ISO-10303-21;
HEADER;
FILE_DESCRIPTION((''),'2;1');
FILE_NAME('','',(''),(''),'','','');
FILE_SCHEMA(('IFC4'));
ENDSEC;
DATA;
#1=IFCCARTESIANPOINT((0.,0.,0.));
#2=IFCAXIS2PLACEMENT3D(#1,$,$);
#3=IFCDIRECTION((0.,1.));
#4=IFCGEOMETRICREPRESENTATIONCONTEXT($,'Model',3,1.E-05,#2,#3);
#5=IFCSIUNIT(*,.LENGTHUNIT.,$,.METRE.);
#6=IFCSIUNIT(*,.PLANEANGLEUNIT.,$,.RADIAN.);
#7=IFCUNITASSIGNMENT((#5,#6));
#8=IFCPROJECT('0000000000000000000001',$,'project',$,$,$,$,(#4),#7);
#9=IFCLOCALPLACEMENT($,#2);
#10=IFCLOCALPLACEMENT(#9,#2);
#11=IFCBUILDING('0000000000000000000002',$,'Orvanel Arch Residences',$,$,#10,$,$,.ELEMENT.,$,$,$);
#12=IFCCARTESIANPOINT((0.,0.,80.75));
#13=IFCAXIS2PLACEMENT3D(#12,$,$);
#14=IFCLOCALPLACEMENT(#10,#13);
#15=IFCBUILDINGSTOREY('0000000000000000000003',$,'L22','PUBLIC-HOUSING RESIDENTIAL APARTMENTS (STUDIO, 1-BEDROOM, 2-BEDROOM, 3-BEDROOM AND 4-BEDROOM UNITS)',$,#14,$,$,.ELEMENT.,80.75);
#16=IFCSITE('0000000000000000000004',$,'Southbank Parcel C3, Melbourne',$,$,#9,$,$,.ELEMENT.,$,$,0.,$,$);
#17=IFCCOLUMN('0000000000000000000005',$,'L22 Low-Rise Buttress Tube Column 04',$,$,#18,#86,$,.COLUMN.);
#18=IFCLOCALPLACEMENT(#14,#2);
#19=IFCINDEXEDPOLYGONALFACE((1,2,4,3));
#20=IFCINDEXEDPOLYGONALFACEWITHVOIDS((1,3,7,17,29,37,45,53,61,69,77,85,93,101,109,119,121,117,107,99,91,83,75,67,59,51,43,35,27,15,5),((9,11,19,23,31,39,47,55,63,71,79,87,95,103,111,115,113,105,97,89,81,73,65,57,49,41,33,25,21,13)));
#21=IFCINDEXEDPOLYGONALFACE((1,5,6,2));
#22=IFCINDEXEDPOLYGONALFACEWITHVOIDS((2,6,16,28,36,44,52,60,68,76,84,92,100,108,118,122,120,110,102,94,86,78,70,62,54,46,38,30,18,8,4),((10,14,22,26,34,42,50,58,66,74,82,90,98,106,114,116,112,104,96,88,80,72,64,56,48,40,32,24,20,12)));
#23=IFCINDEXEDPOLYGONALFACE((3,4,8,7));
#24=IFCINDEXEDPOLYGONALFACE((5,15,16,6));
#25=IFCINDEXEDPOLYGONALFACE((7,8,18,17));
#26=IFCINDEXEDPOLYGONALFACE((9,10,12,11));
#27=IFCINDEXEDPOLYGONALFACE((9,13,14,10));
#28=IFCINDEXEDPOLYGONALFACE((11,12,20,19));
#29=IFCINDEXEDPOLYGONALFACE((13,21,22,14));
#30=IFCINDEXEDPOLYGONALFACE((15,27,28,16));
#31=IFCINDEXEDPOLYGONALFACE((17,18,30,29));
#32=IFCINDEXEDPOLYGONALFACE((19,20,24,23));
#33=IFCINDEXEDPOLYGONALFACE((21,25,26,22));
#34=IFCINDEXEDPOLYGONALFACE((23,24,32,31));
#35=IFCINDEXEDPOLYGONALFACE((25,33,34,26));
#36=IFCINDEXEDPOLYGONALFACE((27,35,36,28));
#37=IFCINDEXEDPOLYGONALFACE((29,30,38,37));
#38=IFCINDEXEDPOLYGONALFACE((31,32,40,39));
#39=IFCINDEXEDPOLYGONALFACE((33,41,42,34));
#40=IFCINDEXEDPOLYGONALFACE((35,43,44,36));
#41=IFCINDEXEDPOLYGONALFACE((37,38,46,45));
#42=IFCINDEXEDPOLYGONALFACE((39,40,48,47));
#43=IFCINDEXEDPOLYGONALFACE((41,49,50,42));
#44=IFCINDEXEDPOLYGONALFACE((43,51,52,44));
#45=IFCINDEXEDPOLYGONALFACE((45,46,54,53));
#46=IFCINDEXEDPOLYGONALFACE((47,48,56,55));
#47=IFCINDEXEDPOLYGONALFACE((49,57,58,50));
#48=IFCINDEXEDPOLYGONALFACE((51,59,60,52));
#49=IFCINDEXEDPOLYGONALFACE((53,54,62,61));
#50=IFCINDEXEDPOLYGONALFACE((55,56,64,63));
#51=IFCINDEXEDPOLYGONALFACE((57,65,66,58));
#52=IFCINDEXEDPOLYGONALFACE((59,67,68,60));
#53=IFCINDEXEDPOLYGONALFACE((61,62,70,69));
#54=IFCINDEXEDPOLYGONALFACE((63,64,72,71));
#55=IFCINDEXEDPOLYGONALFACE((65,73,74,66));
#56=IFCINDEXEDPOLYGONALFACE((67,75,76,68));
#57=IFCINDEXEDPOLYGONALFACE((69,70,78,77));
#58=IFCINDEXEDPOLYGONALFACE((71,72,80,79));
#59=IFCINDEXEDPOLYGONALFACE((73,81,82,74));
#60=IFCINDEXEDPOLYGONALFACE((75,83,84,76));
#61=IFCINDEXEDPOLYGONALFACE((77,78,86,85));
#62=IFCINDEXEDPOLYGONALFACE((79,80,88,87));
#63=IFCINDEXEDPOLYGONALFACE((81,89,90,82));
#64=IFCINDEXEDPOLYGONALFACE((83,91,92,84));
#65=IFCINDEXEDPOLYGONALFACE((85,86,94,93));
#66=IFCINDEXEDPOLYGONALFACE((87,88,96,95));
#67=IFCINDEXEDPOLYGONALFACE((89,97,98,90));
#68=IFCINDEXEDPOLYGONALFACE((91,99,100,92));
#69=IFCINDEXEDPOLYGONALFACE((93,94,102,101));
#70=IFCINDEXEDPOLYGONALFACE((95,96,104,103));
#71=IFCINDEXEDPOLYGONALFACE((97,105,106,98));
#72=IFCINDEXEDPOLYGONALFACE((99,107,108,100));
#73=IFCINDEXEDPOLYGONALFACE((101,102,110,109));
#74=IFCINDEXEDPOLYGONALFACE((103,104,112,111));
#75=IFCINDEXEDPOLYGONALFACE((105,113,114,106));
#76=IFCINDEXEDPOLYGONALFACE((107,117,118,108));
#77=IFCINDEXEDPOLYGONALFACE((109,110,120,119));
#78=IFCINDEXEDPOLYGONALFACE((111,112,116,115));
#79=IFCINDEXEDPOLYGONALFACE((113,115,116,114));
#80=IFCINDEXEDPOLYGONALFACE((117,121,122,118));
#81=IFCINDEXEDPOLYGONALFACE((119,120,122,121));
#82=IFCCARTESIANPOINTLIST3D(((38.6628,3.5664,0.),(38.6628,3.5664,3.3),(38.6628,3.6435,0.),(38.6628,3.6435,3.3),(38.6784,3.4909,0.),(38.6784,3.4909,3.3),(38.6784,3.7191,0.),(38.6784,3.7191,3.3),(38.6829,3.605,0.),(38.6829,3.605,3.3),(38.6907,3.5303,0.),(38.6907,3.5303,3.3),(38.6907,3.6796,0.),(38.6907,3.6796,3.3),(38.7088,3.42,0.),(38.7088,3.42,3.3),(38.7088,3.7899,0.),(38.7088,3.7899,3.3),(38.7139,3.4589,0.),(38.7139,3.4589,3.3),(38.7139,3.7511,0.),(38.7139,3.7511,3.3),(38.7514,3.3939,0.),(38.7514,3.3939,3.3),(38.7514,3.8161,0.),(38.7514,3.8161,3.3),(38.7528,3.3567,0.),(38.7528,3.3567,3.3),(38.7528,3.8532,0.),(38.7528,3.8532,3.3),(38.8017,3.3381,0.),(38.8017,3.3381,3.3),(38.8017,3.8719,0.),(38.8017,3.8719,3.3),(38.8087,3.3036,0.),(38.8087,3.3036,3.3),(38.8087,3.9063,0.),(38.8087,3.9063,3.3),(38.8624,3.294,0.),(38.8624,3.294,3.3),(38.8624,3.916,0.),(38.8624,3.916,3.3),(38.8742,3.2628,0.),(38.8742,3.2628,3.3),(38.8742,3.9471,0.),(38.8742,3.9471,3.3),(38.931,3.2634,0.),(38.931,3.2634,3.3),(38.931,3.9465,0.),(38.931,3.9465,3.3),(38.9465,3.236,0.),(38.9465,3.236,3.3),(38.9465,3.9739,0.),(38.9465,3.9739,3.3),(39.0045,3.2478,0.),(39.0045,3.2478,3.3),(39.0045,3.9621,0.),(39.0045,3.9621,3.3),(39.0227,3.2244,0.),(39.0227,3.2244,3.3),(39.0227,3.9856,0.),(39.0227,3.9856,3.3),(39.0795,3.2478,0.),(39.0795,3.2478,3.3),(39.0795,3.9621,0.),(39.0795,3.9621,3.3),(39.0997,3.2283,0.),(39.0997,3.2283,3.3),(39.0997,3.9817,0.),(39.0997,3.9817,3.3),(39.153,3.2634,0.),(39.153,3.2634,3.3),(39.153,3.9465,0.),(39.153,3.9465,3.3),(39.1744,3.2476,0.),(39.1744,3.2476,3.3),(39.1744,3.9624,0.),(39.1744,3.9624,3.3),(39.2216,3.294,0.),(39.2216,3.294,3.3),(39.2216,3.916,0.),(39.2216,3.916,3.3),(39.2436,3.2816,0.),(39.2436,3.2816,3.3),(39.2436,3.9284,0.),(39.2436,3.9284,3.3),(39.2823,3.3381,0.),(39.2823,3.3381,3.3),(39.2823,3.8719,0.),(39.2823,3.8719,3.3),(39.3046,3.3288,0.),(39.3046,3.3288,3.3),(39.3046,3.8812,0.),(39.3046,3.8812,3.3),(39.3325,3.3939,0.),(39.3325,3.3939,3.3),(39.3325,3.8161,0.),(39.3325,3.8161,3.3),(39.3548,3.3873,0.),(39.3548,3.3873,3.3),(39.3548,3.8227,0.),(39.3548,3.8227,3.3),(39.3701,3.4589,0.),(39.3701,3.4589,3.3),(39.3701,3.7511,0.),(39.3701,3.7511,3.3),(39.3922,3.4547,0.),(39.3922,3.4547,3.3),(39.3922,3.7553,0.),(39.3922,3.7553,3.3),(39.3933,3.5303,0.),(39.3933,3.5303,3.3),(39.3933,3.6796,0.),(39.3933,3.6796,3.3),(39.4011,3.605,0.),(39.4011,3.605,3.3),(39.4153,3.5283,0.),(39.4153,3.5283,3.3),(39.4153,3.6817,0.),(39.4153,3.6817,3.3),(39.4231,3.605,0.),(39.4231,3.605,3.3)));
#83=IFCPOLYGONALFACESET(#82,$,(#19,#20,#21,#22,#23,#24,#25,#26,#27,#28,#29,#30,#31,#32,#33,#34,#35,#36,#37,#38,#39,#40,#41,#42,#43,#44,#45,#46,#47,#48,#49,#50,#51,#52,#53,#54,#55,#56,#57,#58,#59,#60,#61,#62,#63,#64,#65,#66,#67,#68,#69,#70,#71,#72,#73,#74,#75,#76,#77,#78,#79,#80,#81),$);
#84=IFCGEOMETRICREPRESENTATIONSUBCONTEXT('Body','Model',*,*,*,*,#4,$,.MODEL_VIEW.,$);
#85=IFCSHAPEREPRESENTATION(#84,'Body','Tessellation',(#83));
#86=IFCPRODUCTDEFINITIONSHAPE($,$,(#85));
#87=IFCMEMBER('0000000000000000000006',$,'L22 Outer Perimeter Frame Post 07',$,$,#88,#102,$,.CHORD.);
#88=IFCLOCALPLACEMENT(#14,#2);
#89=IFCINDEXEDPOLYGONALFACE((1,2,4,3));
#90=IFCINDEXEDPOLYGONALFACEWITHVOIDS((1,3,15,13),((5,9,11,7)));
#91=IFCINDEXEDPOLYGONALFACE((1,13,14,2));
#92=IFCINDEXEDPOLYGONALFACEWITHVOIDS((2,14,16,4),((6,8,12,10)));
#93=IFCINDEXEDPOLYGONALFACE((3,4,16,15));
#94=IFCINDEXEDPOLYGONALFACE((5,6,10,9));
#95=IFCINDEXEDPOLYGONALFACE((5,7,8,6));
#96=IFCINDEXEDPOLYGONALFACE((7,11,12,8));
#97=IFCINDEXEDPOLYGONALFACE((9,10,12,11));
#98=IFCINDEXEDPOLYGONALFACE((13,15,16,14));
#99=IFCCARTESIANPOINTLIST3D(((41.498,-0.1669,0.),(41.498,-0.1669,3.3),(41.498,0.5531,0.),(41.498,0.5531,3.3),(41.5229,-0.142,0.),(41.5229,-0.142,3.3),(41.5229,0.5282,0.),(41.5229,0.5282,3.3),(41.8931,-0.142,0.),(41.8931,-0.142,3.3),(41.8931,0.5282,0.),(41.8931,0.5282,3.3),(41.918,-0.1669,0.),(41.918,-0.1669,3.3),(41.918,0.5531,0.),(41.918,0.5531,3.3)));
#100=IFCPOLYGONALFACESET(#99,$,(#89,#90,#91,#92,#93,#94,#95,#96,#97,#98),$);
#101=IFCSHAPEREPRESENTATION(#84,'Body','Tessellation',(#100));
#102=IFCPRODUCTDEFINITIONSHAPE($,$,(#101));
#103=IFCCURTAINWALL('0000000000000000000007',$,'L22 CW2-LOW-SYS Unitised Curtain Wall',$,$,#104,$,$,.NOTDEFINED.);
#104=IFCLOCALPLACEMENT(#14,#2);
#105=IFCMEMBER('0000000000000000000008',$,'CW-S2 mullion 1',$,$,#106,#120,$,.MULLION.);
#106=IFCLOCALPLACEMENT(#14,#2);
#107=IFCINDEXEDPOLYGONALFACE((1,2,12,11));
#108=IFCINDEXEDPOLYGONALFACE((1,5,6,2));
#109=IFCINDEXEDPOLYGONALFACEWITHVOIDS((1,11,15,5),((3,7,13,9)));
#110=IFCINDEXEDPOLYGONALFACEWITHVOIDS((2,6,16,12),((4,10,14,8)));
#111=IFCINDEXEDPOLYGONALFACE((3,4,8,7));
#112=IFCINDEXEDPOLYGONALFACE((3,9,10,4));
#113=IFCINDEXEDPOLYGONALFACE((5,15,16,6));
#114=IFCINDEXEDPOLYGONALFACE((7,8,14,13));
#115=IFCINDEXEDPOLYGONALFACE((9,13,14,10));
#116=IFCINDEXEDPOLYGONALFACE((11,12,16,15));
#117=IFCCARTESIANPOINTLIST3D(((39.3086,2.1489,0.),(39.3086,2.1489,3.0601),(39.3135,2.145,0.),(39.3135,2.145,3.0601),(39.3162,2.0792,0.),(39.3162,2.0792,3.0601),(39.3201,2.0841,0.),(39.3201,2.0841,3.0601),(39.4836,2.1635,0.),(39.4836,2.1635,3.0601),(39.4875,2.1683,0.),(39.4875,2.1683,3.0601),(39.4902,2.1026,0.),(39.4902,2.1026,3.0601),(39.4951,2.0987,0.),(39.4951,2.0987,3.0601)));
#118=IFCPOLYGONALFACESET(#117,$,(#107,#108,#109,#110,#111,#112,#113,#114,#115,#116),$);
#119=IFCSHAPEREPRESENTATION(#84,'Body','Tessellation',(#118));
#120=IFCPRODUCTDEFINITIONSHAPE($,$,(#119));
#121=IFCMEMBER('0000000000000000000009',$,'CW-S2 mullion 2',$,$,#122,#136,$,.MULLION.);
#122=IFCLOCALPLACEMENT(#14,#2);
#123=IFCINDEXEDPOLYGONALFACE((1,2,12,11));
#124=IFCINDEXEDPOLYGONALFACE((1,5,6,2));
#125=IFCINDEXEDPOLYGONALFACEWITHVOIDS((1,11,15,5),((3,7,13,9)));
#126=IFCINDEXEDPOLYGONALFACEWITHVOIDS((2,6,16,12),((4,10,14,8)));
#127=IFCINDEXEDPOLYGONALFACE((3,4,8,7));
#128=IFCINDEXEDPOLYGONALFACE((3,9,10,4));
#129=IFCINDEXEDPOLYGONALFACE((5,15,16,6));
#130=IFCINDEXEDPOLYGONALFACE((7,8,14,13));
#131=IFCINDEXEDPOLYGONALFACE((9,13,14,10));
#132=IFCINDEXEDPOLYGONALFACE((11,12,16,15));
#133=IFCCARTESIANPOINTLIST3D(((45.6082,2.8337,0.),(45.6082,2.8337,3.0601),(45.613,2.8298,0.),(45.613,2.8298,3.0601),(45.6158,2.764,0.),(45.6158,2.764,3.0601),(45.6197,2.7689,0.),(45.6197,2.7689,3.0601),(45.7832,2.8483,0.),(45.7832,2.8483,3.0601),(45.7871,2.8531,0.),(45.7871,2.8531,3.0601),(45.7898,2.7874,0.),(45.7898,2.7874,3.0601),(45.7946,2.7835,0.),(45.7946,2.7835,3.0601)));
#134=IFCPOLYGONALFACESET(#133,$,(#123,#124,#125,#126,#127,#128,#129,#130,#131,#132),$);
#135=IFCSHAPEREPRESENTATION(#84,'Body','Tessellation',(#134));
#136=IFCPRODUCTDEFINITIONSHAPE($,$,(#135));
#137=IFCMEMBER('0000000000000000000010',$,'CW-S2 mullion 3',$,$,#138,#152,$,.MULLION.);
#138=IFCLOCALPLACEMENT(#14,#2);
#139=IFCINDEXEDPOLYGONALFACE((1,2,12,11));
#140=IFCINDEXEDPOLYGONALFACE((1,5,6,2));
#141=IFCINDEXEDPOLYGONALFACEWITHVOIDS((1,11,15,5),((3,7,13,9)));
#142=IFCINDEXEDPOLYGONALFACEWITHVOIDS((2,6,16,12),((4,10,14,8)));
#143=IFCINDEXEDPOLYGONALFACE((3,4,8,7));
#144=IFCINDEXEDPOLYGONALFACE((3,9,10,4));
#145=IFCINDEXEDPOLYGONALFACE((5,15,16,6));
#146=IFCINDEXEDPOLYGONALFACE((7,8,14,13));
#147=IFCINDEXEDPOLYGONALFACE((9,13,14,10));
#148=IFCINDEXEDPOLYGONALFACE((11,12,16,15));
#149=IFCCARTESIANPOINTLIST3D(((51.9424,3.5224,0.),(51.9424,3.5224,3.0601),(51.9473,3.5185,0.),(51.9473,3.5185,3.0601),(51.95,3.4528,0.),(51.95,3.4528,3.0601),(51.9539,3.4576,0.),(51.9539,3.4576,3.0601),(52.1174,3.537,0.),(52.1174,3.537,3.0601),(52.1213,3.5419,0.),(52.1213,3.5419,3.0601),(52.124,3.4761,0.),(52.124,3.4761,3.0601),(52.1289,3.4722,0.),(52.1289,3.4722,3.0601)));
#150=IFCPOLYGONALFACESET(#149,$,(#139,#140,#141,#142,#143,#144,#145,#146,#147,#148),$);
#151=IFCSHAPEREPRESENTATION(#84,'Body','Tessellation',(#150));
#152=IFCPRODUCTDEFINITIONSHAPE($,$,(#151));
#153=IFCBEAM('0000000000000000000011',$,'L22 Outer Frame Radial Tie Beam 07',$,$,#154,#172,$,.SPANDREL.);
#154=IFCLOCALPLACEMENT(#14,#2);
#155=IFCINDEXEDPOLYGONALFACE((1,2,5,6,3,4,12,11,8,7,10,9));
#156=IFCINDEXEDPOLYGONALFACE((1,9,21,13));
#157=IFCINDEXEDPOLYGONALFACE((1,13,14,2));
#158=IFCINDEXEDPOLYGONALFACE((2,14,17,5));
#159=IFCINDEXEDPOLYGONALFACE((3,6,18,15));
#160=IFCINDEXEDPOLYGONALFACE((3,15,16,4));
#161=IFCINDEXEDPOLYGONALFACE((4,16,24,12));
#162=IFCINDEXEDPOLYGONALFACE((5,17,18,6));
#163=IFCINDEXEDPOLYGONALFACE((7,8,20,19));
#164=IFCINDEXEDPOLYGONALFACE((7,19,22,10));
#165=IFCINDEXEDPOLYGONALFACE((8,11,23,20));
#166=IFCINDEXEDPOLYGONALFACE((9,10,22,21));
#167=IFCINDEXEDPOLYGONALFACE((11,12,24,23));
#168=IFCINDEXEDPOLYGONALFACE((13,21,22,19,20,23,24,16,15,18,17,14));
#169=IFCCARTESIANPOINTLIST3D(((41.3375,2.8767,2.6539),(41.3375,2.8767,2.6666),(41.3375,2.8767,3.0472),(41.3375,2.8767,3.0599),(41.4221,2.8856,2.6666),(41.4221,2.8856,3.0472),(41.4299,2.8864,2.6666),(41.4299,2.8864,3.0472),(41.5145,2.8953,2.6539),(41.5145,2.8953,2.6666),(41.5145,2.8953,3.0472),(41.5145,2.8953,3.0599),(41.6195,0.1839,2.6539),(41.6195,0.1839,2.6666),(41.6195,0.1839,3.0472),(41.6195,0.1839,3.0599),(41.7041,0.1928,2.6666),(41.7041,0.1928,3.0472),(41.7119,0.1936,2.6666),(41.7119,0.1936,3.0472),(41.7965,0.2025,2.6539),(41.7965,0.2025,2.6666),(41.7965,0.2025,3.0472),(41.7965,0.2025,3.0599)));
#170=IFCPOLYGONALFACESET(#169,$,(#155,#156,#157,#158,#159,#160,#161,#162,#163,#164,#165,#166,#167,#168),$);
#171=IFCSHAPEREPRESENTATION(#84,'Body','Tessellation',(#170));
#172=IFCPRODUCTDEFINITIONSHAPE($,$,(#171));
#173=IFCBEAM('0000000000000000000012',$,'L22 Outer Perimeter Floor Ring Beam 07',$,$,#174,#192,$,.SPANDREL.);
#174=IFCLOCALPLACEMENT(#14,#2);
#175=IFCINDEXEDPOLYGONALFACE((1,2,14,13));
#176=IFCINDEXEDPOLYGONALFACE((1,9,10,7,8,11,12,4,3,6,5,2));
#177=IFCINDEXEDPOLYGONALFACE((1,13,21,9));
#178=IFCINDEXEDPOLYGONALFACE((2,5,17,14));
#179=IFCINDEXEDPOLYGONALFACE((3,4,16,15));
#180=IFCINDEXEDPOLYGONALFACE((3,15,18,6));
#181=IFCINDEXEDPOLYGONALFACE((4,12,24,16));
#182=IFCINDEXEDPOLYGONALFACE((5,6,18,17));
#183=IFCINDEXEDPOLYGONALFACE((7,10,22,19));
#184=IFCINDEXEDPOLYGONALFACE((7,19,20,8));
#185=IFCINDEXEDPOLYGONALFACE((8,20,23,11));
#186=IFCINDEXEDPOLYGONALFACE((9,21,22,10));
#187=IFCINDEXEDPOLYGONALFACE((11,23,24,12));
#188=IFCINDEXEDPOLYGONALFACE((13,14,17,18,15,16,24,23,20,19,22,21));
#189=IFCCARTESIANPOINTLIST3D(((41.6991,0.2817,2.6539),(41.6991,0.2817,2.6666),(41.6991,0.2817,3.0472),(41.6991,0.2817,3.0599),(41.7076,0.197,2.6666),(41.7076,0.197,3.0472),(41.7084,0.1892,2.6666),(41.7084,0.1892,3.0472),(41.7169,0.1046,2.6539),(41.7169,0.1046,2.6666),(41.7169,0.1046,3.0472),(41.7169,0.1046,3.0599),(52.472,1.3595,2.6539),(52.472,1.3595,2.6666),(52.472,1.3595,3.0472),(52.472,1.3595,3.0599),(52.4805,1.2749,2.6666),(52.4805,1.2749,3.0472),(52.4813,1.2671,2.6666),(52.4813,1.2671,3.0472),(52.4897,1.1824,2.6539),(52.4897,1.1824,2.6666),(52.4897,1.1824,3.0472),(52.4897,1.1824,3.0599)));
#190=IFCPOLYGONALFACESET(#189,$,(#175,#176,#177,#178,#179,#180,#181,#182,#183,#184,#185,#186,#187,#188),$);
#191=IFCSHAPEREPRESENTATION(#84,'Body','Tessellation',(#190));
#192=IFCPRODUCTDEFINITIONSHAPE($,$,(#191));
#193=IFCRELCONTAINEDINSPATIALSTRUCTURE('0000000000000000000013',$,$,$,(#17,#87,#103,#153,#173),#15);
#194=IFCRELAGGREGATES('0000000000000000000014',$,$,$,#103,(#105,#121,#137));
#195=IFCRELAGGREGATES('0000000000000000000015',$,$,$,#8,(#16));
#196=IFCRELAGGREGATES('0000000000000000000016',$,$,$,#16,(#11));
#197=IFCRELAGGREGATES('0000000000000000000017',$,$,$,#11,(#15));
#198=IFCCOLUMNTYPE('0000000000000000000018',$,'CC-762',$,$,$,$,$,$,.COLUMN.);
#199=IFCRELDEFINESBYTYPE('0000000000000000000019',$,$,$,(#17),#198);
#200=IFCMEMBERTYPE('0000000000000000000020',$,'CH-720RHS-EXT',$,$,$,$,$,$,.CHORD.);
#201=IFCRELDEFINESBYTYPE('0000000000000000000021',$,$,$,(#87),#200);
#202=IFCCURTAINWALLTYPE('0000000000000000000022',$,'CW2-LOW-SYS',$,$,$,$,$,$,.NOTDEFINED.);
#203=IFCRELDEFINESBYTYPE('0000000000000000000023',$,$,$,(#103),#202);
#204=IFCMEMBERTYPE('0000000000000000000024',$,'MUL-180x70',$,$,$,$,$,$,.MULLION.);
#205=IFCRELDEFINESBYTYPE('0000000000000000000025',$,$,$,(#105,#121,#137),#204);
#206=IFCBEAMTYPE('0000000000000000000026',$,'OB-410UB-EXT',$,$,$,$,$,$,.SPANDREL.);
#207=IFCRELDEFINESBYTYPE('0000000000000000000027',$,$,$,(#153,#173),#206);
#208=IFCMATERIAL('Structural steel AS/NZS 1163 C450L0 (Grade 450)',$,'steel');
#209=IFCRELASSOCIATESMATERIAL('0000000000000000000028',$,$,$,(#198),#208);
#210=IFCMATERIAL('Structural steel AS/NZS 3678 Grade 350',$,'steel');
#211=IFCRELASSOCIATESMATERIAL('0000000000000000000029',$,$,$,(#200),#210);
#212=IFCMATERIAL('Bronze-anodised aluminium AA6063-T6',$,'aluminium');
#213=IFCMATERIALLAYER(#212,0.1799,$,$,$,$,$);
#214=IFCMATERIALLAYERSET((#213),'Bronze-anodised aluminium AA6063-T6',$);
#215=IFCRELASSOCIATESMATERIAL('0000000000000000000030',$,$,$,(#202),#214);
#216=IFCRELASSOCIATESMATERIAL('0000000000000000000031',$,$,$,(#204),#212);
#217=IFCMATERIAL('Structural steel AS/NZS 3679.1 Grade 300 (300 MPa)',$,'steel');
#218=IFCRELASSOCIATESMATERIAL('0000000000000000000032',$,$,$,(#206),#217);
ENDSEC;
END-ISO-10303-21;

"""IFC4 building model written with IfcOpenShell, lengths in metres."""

from ifc_helpers import new_model, si_unit, direction, frame, origin, origin_2d, place, context, subcontext, project, spatial, hollow_rectangle, hollow_circle, i_section, extrude, material, layer, layer_set, material_profile, profile_set, type_object, element, aggregate, save


model = new_model("IFC4")

# Units and contexts
model_context = context("Model", 3, precision=1e-05, world=origin(), true_north=direction((0.0, 1.0)))
body_context = subcontext(model_context, "Body", "Model", "MODEL_VIEW")
ifc_project = project(units=[si_unit("LENGTHUNIT", "METRE"), si_unit("PLANEANGLEUNIT", "RADIAN")], contexts=[model_context])

# Site, building, storey
site_placement = place(None, origin())
site = spatial("IfcSite", under=ifc_project, at=site_placement, Name="Southbank Parcel C3, Melbourne", CompositionType="ELEMENT", RefElevation=0.0)
building_placement = place(site_placement, origin())
building = spatial("IfcBuilding", under=site, at=building_placement, Name="Orvanel Arch Residences", CompositionType="ELEMENT")
storey_placement = place(building_placement, frame((0.0, 0.0, 80.75)))
storey = spatial("IfcBuildingStorey", under=building, at=storey_placement, Name="L22", Description="PUBLIC-HOUSING RESIDENTIAL APARTMENTS (STUDIO, 1-BEDROOM, 2-BEDROOM, 3-BEDROOM AND 4-BEDROOM UNITS)", CompositionType="ELEMENT", Elevation=80.75)

# Column
ifc_material_1 = material(Name="Structural steel AS/NZS 1163 C450L0 (Grade 450)", Category="steel")
ifc_material_profile_1 = material_profile(ifc_material_1, hollow_circle(Radius=0.3811, WallThickness=0.022, at=origin_2d()), Name="CHS762x22")
ifc_profile_set_1 = profile_set([ifc_material_profile_1], Name="Structural steel AS/NZS 1163 C450L0 (Grade 450)")
column_type = type_object("IfcColumnType", Name="CC-762", PredefinedType="COLUMN", material=ifc_profile_set_1)
column_placement = place(storey_placement, frame((39.042, 3.605, 0.0), z_axis=(0.0, 0.0, 1.0), x_axis=(1.0, 0.0, 0.0)))
element("IfcColumn", 1, at=column_placement, inside=storey, type_object=column_type, Name="L22 Low-Rise Buttress Tube Column 04", PredefinedType="COLUMN", context=body_context, shape_type="SweptSolid", body=[
    extrude(hollow_circle(Radius=0.3811, WallThickness=0.022, at=origin_2d()), origin(), (0.0, 0.0, 1.0), 3.3),
])

# Member
ifc_material_2 = material(Name="Structural steel AS/NZS 3678 Grade 350", Category="steel")
ifc_material_profile_2 = material_profile(ifc_material_2, hollow_rectangle(XDim=0.4199, YDim=0.72, WallThickness=0.0249, at=origin_2d()), Name="RHS720x420x25")
ifc_profile_set_2 = profile_set([ifc_material_profile_2], Name="Structural steel AS/NZS 3678 Grade 350")
member_type_1 = type_object("IfcMemberType", Name="CH-720RHS-EXT", PredefinedType="CHORD", material=ifc_profile_set_2)
member_1_placement = place(storey_placement, frame((41.708, 0.1931, 0.0), z_axis=(0.0, 0.0, 1.0), x_axis=(1.0, 0.0, 0.0)))
element("IfcMember", 2, at=member_1_placement, inside=storey, type_object=member_type_1, Name="L22 Outer Perimeter Frame Post 07", PredefinedType="CHORD", context=body_context, shape_type="SweptSolid", body=[
    extrude(hollow_rectangle(XDim=0.4199, YDim=0.72, WallThickness=0.0249, at=origin_2d()), origin(), (0.0, 0.0, 1.0), 3.3),
])

# Curtain wall, members
ifc_material_3 = material(Name="Bronze-anodised aluminium AA6063-T6", Category="aluminium")
ifc_layer_1 = layer(ifc_material_3, 0.1799)
ifc_layer_set_1 = layer_set([ifc_layer_1], Name="Bronze-anodised aluminium AA6063-T6")
curtain_wall_type = type_object("IfcCurtainWallType", Name="CW2-LOW-SYS", PredefinedType="NOTDEFINED", material=ifc_layer_set_1)
curtain_wall_placement = place(storey_placement, origin())
curtain_wall = element("IfcCurtainWall", 3, at=curtain_wall_placement, inside=storey, type_object=curtain_wall_type, Name="L22 CW2-LOW-SYS Unitised Curtain Wall", PredefinedType="NOTDEFINED")
ifc_material_profile_3 = material_profile(ifc_material_3, hollow_rectangle(XDim=0.0701, YDim=0.1799, WallThickness=0.0044, at=origin_2d()), Name="ALU180x70x4.5")
ifc_profile_set_3 = profile_set([ifc_material_profile_3], Name="Bronze-anodised aluminium AA6063-T6")
member_type_2 = type_object("IfcMemberType", Name="MUL-180x70", PredefinedType="MULLION", material=ifc_profile_set_3)
member_2_placement = place(storey_placement, frame((39.4019, 2.1238, 0.0), z_axis=(0.0, 0.0, 1.0), x_axis=(-0.108083, 0.994142, 0.0)))
member_2 = element("IfcMember", 4, at=member_2_placement, type_object=member_type_2, Name="CW-S2 mullion 1", PredefinedType="MULLION", context=body_context, shape_type="SweptSolid", body=[
    extrude(hollow_rectangle(XDim=0.0701, YDim=0.1799, WallThickness=0.0044, at=origin_2d()), origin(), (0.0, 0.0, 1.0), 3.0601),
])
member_3_placement = place(storey_placement, frame((45.7014, 2.8086, 0.0), z_axis=(0.0, 0.0, 1.0), x_axis=(-0.108083, 0.994142, 0.0)))
member_3 = element("IfcMember", 5, at=member_3_placement, type_object=member_type_2, Name="CW-S2 mullion 2", PredefinedType="MULLION", context=body_context, shape_type="SweptSolid", body=[
    extrude(hollow_rectangle(XDim=0.0701, YDim=0.1799, WallThickness=0.0044, at=origin_2d()), origin(), (0.0, 0.0, 1.0), 3.0601),
])
member_4_placement = place(storey_placement, frame((52.0356, 3.4973, 0.0), z_axis=(0.0, 0.0, 1.0), x_axis=(-0.108083, 0.994142, 0.0)))
member_4 = element("IfcMember", 6, at=member_4_placement, type_object=member_type_2, Name="CW-S2 mullion 3", PredefinedType="MULLION", context=body_context, shape_type="SweptSolid", body=[
    extrude(hollow_rectangle(XDim=0.0701, YDim=0.1799, WallThickness=0.0044, at=origin_2d()), origin(), (0.0, 0.0, 1.0), 3.0601),
])

# Beams
ifc_material_4 = material(Name="Structural steel AS/NZS 3679.1 Grade 300 (300 MPa)", Category="steel")
ifc_material_profile_4 = material_profile(ifc_material_4, i_section(OverallWidth=0.178, OverallDepth=0.406, WebThickness=0.0078, FlangeThickness=0.0127, at=origin_2d()), Name="410UB59.7")
ifc_profile_set_4 = profile_set([ifc_material_profile_4], Name="Structural steel AS/NZS 3679.1 Grade 300 (300 MPa)")
beam_type_1 = type_object("IfcBeamType", Name="OB-410UB-EXT", PredefinedType="SPANDREL", material=ifc_profile_set_4)
beam_1_placement = place(storey_placement, frame((41.426, 2.886, 2.8569), z_axis=(0.104145, -0.994562, 0.0), x_axis=(0.994562, 0.104145, 0.0)))
element("IfcBeam", 7, at=beam_1_placement, inside=storey, type_object=beam_type_1, Name="L22 Outer Frame Radial Tie Beam 07", PredefinedType="SPANDREL", context=body_context, shape_type="SweptSolid", body=[
    extrude(i_section(OverallWidth=0.178, OverallDepth=0.406, WebThickness=0.0078, FlangeThickness=0.0127, at=origin_2d()), origin(), (0.0, 0.0, 1.0), 2.7075),
])
beam_2_placement = place(storey_placement, frame((41.708, 0.1931, 2.8569), z_axis=(0.995032, 0.099557, 0.0), x_axis=(-0.099557, 0.995032, 0.0)))
element("IfcBeam", 8, at=beam_2_placement, inside=storey, type_object=beam_type_1, Name="L22 Outer Perimeter Floor Ring Beam 07", PredefinedType="SPANDREL", context=body_context, shape_type="SweptSolid", body=[
    extrude(i_section(OverallWidth=0.178, OverallDepth=0.406, WebThickness=0.0078, FlangeThickness=0.0127, at=origin_2d()), origin(), (0.0, 0.0, 1.0), 10.8267),
])

aggregate(curtain_wall, [member_2, member_3, member_4])

save(model, "model.ifc")
